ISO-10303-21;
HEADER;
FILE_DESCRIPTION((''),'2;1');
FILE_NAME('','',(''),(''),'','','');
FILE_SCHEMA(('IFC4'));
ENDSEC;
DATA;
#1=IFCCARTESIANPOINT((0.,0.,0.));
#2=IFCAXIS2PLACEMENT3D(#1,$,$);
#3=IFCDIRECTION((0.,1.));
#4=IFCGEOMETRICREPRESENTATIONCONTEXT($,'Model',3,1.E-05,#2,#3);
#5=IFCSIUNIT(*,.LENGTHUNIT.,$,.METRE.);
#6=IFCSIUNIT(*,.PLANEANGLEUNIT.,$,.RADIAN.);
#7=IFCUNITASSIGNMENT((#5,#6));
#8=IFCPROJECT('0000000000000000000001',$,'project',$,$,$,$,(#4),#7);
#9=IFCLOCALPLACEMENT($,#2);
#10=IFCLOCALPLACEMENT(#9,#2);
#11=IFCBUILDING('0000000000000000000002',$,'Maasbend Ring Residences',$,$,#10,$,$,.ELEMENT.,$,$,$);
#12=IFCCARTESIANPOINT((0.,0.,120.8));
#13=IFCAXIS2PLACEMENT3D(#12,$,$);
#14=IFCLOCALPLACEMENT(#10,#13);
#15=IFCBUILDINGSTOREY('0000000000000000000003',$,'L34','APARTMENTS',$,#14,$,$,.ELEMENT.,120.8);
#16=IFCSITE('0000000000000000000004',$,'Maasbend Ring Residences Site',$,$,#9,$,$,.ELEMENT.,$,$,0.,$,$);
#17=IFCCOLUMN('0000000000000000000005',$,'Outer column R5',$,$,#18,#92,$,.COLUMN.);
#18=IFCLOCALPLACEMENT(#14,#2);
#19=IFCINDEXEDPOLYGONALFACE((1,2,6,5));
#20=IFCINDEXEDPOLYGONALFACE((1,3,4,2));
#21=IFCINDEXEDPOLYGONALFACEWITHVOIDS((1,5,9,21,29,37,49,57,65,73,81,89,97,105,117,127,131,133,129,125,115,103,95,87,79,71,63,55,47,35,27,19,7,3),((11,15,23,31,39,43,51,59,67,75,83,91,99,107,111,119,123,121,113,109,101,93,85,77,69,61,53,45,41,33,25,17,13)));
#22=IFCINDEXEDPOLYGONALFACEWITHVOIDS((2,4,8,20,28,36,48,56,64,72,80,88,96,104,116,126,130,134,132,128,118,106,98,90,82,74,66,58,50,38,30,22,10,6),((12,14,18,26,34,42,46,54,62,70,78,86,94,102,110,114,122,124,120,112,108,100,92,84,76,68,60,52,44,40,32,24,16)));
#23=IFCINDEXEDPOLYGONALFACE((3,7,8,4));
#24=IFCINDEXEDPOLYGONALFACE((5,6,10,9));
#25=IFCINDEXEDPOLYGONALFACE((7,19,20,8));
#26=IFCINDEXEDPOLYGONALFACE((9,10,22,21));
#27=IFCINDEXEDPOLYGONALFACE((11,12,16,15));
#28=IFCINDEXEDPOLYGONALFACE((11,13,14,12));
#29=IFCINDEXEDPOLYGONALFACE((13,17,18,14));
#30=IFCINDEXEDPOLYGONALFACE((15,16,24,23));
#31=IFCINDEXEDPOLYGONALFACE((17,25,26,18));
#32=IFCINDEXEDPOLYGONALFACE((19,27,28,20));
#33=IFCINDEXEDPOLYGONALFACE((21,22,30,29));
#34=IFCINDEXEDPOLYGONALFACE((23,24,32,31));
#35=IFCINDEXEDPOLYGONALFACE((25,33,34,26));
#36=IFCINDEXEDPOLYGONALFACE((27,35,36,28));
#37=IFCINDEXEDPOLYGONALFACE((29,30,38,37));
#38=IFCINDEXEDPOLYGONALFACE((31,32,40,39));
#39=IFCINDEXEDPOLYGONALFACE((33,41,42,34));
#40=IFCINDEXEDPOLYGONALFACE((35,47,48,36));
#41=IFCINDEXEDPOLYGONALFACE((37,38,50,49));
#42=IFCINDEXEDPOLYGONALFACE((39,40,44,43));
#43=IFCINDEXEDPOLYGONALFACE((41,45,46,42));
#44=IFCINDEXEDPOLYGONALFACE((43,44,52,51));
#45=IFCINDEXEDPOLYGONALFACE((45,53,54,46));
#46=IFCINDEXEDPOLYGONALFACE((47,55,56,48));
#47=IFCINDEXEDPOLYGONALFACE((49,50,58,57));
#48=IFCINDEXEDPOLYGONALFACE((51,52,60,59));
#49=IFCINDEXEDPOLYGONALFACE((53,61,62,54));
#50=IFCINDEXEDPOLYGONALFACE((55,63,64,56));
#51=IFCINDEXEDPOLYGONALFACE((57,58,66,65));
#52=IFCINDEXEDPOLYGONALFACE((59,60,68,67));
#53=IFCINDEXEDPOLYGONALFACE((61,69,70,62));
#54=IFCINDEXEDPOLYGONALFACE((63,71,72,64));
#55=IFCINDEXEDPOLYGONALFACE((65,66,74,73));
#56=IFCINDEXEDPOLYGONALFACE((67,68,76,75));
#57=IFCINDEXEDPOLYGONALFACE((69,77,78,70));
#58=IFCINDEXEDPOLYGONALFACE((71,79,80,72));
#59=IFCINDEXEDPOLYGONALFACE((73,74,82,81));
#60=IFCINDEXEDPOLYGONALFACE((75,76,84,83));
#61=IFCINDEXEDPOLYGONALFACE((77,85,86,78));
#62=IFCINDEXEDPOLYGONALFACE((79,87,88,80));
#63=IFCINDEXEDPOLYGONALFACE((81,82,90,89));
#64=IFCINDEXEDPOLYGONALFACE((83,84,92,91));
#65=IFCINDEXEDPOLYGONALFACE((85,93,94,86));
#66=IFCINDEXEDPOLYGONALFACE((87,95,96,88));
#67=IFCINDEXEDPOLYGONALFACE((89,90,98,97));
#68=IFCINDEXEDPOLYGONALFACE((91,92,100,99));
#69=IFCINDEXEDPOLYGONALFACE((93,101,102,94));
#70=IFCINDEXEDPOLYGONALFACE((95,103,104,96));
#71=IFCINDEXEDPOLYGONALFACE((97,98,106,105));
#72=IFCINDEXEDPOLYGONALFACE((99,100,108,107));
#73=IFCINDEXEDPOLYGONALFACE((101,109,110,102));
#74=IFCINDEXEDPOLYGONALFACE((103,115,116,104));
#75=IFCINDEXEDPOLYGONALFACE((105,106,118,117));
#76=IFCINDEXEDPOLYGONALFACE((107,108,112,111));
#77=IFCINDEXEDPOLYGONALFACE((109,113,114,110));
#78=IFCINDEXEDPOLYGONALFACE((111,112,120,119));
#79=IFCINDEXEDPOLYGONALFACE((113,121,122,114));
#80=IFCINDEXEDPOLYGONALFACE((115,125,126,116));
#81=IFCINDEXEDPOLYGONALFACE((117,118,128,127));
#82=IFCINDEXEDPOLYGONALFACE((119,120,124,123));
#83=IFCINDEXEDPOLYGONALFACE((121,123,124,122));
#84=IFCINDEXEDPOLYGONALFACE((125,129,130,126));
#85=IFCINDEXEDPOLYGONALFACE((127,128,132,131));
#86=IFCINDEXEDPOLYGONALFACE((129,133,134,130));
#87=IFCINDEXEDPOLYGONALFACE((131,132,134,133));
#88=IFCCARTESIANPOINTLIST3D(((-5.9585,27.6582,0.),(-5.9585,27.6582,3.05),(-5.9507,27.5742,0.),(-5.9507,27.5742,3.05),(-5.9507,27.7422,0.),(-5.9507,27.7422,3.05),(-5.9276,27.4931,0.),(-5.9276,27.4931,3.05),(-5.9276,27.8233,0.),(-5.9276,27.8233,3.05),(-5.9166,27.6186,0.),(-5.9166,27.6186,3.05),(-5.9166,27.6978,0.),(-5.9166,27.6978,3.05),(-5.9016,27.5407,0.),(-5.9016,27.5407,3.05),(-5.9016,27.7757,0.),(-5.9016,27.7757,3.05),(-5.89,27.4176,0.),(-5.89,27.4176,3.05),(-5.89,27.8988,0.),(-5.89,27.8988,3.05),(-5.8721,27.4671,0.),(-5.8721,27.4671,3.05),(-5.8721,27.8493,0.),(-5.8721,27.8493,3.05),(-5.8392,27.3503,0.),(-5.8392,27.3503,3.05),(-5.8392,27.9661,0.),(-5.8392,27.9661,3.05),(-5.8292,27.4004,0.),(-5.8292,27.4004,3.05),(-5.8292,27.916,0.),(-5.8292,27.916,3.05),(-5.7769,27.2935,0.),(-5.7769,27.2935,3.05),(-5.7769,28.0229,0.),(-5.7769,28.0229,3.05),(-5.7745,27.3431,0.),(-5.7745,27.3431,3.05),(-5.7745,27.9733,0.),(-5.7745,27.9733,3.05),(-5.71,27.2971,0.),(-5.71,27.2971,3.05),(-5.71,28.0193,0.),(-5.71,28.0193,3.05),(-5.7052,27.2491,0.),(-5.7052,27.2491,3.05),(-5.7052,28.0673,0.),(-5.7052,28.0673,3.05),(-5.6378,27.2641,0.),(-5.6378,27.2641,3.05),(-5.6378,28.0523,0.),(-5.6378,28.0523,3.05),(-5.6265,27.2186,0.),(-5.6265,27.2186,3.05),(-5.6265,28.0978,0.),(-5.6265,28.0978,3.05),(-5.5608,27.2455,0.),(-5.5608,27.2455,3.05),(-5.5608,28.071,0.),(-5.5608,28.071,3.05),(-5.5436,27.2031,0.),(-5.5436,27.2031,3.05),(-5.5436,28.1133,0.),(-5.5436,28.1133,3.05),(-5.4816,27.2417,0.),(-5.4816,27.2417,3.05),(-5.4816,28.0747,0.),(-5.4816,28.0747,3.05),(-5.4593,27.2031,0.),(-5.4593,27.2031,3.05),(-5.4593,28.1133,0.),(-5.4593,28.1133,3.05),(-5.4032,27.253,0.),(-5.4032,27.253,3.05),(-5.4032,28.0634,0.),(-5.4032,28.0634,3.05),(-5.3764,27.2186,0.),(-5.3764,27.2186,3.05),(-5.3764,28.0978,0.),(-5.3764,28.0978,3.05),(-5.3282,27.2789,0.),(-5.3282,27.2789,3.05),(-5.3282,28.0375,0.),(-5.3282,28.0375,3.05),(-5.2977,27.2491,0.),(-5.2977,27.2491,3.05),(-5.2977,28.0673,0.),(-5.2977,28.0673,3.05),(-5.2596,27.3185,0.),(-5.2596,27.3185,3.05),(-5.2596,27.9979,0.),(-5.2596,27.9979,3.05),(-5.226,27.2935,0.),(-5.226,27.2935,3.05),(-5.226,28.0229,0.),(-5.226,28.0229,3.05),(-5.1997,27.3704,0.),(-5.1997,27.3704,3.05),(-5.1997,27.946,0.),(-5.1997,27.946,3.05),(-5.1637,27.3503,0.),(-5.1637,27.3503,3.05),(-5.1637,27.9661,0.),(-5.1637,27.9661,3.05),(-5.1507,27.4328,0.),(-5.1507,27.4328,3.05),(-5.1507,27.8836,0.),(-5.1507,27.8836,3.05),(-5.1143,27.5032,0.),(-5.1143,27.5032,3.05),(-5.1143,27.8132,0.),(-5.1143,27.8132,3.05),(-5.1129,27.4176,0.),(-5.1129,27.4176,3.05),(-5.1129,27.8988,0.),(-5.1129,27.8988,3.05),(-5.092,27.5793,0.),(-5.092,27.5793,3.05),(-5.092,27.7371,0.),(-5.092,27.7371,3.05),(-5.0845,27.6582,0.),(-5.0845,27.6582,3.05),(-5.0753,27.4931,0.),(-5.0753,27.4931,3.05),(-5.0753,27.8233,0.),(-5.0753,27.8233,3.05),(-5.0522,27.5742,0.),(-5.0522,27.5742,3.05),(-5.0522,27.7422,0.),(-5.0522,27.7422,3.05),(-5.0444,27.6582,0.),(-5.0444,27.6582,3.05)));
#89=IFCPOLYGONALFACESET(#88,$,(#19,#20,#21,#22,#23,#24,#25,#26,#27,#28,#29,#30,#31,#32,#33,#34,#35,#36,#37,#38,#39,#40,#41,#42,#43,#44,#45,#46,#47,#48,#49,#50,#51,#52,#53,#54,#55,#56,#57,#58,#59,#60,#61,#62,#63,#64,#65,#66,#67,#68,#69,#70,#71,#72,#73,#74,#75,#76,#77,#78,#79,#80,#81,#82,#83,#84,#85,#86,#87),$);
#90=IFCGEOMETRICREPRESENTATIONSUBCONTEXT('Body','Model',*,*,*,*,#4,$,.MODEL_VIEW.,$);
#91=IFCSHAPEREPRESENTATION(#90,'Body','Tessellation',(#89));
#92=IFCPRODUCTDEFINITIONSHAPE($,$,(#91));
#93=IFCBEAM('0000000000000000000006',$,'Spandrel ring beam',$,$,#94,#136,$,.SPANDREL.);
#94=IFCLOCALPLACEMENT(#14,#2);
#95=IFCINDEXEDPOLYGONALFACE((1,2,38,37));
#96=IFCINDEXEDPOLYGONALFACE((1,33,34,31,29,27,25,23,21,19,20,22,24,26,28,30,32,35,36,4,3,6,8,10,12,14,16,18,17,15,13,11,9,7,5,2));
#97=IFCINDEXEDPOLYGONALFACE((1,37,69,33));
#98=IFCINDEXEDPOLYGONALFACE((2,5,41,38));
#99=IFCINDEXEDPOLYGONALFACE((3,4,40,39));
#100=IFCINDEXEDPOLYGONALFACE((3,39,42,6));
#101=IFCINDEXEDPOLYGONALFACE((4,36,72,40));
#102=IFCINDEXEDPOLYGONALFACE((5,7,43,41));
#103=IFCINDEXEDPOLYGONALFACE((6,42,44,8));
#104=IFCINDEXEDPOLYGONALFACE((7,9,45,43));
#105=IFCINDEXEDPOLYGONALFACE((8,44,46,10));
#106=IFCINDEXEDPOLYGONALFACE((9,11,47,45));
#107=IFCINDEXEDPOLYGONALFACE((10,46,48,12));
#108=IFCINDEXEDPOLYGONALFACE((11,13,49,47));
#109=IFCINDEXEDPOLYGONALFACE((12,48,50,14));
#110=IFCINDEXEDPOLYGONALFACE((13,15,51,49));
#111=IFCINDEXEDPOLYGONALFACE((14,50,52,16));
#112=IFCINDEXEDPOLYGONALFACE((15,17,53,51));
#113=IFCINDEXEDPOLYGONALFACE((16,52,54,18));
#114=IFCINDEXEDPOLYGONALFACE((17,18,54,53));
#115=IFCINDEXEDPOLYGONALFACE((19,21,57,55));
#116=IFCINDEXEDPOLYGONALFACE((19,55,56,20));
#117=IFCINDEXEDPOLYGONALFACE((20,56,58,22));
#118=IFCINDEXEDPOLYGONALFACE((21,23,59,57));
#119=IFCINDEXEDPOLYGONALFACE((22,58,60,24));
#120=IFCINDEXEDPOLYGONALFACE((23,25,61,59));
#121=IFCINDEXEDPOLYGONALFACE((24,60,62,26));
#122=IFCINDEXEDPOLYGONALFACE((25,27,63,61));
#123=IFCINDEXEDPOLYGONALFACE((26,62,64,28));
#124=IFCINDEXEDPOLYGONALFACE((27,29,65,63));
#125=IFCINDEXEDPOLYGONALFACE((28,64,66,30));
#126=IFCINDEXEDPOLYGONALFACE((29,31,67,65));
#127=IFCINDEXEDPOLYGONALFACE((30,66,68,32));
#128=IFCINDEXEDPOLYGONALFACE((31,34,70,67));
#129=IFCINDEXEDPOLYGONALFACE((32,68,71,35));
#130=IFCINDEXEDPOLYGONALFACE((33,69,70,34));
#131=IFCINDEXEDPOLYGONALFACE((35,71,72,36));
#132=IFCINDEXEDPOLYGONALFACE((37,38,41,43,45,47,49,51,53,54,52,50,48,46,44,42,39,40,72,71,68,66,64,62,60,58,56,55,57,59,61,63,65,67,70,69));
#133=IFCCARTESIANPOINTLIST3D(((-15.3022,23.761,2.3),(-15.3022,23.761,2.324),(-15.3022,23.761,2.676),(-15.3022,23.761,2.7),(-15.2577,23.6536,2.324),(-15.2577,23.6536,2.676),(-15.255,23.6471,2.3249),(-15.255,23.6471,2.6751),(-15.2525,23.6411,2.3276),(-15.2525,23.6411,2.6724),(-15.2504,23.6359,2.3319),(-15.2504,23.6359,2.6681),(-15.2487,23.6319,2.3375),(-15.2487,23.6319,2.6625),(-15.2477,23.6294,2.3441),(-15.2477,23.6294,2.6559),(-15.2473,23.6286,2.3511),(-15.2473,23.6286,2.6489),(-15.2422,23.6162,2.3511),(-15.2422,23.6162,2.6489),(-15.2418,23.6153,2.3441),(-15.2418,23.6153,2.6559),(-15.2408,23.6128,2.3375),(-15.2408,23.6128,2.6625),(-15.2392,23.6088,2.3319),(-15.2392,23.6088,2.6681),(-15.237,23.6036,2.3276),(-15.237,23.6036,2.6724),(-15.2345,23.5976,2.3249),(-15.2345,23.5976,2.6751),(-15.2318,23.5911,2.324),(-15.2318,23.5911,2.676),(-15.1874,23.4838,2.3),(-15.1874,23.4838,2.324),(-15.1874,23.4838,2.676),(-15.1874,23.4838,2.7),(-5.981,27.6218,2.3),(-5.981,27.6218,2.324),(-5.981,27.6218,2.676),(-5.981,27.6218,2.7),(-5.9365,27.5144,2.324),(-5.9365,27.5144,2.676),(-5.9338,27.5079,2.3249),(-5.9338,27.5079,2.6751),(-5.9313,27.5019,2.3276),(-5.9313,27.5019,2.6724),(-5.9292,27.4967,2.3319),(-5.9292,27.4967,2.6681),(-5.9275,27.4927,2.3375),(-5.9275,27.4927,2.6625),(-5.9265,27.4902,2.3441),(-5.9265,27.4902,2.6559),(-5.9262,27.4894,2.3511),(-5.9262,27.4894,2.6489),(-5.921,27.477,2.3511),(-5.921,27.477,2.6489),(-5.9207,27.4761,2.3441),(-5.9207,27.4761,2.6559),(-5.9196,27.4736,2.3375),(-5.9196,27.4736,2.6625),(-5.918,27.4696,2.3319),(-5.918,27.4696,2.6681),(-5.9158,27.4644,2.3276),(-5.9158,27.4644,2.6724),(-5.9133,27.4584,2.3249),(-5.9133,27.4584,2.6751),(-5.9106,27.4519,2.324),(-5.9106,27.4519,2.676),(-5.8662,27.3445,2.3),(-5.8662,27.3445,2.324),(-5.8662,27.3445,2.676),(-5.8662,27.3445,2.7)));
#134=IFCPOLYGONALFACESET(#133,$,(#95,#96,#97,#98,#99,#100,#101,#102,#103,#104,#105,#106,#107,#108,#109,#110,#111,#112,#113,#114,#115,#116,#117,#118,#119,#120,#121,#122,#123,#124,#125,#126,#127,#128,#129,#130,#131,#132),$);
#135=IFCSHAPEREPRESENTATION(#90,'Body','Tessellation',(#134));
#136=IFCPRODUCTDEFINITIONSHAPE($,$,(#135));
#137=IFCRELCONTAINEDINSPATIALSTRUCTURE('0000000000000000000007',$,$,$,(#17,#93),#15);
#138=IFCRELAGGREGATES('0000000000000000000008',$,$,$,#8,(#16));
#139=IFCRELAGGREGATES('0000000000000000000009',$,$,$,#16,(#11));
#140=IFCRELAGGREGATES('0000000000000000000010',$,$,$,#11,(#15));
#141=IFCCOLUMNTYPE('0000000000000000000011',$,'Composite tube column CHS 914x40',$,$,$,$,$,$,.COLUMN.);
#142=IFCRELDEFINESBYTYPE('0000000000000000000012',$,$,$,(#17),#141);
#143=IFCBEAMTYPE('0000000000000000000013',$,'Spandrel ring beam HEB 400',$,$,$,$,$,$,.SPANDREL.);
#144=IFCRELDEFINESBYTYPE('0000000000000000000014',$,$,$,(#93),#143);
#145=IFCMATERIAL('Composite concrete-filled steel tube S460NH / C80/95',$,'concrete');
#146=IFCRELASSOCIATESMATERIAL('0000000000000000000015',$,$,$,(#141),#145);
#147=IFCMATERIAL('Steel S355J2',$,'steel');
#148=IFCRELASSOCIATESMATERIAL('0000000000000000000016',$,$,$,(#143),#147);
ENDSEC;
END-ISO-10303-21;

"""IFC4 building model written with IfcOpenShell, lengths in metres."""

from ifc_helpers import new_model, si_unit, direction, frame, origin, origin_2d, place, context, subcontext, project, spatial, hollow_circle, i_section, extrude, material, material_profile, profile_set, type_object, element, save


model = new_model("IFC4")

# Units and contexts
model_context = context("Model", 3, precision=1e-05, world=origin(), true_north=direction((0.0, 1.0)))
body_context = subcontext(model_context, "Body", "Model", "MODEL_VIEW")
ifc_project = project(units=[si_unit("LENGTHUNIT", "METRE"), si_unit("PLANEANGLEUNIT", "RADIAN")], contexts=[model_context])

# Site, building, storey
site_placement = place(None, origin())
site = spatial("IfcSite", under=ifc_project, at=site_placement, Name="Maasbend Ring Residences Site", CompositionType="ELEMENT", RefElevation=0.0)
building_placement = place(site_placement, origin())
building = spatial("IfcBuilding", under=site, at=building_placement, Name="Maasbend Ring Residences", CompositionType="ELEMENT")
storey_placement = place(building_placement, frame((0.0, 0.0, 120.8)))
storey = spatial("IfcBuildingStorey", under=building, at=storey_placement, Name="L34", Description="APARTMENTS", CompositionType="ELEMENT", Elevation=120.8)

# Column
ifc_material_1 = material(Name="Composite concrete-filled steel tube S460NH / C80/95", Category="concrete")
ifc_material_profile_1 = material_profile(ifc_material_1, hollow_circle(Radius=0.457, WallThickness=0.04, at=origin_2d()), Name="Composite tube column CHS 914x40")
ifc_profile_set_1 = profile_set([ifc_material_profile_1], Name="Composite concrete-filled steel tube S460NH / C80/95")
column_type = type_object("IfcColumnType", Name="Composite tube column CHS 914x40", PredefinedType="COLUMN", material=ifc_profile_set_1)
column_placement = place(storey_placement, frame((-5.5015, 27.6582, 0.0), z_axis=(0.0, 0.0, 1.0), x_axis=(1.0, 0.0, 0.0)))
element("IfcColumn", 1, at=column_placement, inside=storey, type_object=column_type, Name="Outer column R5", PredefinedType="COLUMN", context=body_context, shape_type="SweptSolid", body=[
    extrude(hollow_circle(Radius=0.457, WallThickness=0.04, at=origin_2d()), origin(), (0.0, 0.0, 1.0), 3.05),
])

# Beam
ifc_material_2 = material(Name="Steel S355J2", Category="steel")
ifc_material_profile_2 = material_profile(ifc_material_2, i_section(OverallWidth=0.3, OverallDepth=0.3999, WebThickness=0.0134, FlangeThickness=0.0239, FilletRadius=0.0271, at=origin_2d()), Name="HEB 400")
ifc_profile_set_2 = profile_set([ifc_material_profile_2], Name="Steel S355J2")
beam_type = type_object("IfcBeamType", Name="Spandrel ring beam HEB 400", PredefinedType="SPANDREL", material=ifc_profile_set_2)
beam_placement = place(storey_placement, frame((-5.9236, 27.4832, 2.5), z_axis=(-0.923885, -0.38267, 0.0), x_axis=(0.38267, -0.923885, 0.0)))
element("IfcBeam", 2, at=beam_placement, inside=storey, type_object=beam_type, Name="Spandrel ring beam", PredefinedType="SPANDREL", context=body_context, shape_type="SweptSolid", body=[
    extrude(i_section(OverallWidth=0.3, OverallDepth=0.3999, WebThickness=0.0134, FlangeThickness=0.0239, FilletRadius=0.0271, at=origin_2d()), origin(), (0.0, 0.0, 1.0), 10.0891),
])

save(model, "model.ifc")
